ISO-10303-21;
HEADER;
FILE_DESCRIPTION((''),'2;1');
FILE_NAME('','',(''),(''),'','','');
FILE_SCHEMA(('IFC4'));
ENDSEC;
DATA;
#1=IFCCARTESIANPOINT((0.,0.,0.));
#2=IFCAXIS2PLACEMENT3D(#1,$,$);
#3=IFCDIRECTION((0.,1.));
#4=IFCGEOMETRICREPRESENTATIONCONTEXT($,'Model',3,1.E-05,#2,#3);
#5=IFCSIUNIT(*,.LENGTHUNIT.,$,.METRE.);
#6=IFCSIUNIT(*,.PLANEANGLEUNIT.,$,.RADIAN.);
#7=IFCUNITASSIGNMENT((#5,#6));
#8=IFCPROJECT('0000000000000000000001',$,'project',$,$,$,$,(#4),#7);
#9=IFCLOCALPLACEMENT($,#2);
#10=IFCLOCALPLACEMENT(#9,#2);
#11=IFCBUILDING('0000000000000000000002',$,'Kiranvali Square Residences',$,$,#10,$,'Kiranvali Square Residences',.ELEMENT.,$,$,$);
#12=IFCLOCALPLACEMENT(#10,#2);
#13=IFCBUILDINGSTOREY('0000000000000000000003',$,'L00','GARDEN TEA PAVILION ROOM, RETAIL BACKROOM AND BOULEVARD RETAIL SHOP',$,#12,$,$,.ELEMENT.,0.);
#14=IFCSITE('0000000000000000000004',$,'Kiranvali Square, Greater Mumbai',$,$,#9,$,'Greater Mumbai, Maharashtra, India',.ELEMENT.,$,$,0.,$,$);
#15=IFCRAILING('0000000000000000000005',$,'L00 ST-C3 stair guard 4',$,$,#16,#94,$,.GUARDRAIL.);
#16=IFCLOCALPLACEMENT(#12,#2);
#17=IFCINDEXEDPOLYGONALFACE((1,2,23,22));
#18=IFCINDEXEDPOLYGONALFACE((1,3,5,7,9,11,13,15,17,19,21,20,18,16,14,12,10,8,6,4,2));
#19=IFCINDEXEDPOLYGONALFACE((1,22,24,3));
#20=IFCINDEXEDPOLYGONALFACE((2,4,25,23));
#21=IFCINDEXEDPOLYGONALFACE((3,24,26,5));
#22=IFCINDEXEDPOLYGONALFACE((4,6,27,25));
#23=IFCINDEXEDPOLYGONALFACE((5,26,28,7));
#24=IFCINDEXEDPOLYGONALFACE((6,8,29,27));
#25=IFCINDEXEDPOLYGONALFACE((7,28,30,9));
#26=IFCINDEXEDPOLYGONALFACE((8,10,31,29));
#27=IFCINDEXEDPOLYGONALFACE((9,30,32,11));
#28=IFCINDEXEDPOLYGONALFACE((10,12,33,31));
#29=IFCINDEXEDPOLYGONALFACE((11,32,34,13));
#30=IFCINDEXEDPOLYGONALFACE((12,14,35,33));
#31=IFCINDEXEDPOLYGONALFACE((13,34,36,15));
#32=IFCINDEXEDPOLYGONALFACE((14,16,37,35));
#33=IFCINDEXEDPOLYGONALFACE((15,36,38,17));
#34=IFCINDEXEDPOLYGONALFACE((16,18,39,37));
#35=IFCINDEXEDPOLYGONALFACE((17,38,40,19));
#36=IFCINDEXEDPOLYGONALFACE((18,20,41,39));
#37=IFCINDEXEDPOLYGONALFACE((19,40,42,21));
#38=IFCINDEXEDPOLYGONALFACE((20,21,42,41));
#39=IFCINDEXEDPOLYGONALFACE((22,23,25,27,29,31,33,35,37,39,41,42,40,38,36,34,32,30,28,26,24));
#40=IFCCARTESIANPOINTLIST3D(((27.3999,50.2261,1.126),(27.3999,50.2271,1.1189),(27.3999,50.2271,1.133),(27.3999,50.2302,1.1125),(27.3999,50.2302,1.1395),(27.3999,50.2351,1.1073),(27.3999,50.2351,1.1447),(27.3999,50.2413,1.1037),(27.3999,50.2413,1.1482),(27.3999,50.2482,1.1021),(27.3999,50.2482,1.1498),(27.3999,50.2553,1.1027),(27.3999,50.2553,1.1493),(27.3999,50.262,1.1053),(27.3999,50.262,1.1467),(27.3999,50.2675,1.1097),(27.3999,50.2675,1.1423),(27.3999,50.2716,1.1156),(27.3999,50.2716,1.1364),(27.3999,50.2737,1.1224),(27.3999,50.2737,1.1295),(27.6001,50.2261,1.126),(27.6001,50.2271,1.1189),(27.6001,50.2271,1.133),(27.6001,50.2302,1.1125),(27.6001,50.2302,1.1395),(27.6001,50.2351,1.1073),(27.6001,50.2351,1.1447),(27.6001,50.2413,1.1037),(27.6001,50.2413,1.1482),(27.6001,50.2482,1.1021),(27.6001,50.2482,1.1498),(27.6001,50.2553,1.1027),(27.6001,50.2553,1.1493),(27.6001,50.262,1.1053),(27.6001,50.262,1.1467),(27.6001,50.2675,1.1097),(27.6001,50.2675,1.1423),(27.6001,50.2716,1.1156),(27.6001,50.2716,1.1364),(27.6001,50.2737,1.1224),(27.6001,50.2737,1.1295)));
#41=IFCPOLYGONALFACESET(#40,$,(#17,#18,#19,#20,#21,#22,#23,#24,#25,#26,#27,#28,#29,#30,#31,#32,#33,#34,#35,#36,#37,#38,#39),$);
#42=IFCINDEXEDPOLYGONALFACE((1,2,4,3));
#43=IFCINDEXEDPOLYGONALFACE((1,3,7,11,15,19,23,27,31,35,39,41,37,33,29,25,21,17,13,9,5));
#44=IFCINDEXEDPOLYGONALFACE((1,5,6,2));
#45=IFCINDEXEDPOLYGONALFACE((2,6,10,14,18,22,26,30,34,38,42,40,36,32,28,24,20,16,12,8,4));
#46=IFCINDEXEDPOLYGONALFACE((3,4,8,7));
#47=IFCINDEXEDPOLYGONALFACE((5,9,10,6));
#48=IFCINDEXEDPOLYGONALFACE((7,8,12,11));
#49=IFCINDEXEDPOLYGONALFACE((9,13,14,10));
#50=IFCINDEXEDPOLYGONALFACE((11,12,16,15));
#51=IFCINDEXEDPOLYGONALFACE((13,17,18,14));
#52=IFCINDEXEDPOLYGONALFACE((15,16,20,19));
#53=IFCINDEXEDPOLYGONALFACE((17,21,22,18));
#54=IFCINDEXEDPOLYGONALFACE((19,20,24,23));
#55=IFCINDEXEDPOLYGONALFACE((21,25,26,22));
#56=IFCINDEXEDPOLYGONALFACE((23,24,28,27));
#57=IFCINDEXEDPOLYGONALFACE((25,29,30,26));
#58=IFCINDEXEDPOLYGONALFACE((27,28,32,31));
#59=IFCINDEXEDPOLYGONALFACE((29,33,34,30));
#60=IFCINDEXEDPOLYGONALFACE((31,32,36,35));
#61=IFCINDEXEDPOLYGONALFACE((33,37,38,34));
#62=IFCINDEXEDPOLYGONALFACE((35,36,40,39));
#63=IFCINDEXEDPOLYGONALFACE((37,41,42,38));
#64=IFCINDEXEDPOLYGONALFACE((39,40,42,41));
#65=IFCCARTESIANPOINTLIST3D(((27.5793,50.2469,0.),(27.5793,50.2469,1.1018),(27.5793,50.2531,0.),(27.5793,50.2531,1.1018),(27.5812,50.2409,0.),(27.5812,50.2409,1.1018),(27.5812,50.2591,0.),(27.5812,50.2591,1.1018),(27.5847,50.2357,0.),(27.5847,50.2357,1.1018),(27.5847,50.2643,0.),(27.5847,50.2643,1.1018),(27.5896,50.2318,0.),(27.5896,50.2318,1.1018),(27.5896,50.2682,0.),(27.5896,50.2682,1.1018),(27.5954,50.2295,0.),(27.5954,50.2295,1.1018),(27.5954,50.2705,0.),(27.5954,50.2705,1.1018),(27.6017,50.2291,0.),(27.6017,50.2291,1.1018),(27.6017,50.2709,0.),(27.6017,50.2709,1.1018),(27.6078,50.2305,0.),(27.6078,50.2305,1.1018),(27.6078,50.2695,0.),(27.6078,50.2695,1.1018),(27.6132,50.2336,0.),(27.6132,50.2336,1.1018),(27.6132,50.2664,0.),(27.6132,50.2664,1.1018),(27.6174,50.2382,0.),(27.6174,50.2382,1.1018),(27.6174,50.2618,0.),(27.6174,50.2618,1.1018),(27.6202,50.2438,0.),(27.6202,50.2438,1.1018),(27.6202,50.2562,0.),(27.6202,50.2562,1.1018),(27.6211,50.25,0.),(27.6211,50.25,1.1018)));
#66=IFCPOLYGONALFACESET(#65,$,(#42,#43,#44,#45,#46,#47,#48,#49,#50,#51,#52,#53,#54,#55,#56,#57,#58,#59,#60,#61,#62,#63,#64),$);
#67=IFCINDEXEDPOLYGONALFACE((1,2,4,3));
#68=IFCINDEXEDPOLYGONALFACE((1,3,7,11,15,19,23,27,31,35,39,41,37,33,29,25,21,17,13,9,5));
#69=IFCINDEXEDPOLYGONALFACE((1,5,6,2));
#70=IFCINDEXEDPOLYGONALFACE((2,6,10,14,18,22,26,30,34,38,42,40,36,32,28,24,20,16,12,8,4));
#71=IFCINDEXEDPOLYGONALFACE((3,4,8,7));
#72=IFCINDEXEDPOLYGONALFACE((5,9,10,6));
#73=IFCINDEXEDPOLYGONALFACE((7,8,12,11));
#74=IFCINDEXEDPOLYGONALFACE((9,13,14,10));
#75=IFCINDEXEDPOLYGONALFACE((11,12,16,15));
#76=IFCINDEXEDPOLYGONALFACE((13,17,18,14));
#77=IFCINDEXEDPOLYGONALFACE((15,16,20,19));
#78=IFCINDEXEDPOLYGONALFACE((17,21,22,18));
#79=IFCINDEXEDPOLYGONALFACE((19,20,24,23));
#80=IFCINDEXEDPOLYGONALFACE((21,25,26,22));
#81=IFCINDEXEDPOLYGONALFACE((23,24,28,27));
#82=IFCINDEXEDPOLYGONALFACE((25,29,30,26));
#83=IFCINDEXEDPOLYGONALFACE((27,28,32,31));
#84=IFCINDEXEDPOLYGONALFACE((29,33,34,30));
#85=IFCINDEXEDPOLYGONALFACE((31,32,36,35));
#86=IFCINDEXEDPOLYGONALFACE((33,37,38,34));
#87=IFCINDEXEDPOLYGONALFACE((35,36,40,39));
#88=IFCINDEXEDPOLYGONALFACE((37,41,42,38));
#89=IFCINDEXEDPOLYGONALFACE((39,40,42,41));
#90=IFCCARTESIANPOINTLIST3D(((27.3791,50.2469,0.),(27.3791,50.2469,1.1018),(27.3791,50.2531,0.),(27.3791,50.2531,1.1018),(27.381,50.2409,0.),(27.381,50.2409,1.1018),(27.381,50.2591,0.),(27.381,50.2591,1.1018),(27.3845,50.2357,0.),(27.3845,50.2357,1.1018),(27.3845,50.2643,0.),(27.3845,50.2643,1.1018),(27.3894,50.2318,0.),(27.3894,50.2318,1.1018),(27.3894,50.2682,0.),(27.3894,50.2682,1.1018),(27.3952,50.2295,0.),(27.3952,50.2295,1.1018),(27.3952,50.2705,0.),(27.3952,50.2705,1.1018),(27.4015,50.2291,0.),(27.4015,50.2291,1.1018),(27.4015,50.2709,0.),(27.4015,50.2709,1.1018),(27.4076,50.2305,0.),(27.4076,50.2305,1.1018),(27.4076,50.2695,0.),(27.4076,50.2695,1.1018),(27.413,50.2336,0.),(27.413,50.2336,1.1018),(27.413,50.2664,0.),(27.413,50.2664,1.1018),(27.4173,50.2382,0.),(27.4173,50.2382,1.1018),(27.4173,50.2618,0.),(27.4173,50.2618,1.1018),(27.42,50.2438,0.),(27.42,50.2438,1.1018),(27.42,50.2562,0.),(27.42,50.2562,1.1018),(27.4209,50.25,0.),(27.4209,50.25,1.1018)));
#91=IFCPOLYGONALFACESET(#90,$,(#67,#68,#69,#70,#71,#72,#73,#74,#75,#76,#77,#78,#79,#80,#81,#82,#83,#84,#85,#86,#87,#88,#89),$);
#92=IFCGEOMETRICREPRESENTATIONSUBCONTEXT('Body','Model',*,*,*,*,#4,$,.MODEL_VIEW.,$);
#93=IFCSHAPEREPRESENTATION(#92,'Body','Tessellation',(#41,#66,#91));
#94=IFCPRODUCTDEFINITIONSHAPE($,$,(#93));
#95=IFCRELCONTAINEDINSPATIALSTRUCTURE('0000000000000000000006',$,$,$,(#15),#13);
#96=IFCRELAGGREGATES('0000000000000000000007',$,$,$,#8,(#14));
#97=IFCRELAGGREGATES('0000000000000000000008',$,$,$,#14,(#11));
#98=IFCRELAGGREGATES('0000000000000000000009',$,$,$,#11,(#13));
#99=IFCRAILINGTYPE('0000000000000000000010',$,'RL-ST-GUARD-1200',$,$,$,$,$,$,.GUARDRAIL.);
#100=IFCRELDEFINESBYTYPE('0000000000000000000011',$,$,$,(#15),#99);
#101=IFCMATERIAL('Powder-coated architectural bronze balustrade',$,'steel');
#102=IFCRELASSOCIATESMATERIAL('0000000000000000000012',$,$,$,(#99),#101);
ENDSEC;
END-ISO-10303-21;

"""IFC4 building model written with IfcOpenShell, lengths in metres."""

from ifc_helpers import new_model, si_unit, direction, frame, origin, origin_2d, place, context, subcontext, project, spatial, circle, extrude, material, type_object, element, save


model = new_model("IFC4")

# Units and contexts
model_context = context("Model", 3, precision=1e-05, world=origin(), true_north=direction((0.0, 1.0)))
body_context = subcontext(model_context, "Body", "Model", "MODEL_VIEW")
ifc_project = project(units=[si_unit("LENGTHUNIT", "METRE"), si_unit("PLANEANGLEUNIT", "RADIAN")], contexts=[model_context])

# Site, building, storey
site_placement = place(None, origin())
site = spatial("IfcSite", under=ifc_project, at=site_placement, Name="Kiranvali Square, Greater Mumbai", LongName="Greater Mumbai, Maharashtra, India", CompositionType="ELEMENT", RefElevation=0.0)
building_placement = place(site_placement, origin())
building = spatial("IfcBuilding", under=site, at=building_placement, Name="Kiranvali Square Residences", LongName="Kiranvali Square Residences", CompositionType="ELEMENT")
storey_placement = place(building_placement, origin())
storey = spatial("IfcBuildingStorey", under=building, at=storey_placement, Name="L00", Description="GARDEN TEA PAVILION ROOM, RETAIL BACKROOM AND BOULEVARD RETAIL SHOP", CompositionType="ELEMENT", Elevation=0.0)

# Railing
ifc_material_1 = material(Name="Powder-coated architectural bronze balustrade", Category="steel")
railing_type_1 = type_object("IfcRailingType", Name="RL-ST-GUARD-1200", PredefinedType="GUARDRAIL", material=ifc_material_1)
railing_1_placement = place(storey_placement, frame((27.6001, 50.25, 0.0)))
element("IfcRailing", 1, at=railing_1_placement, inside=storey, type_object=railing_type_1, Name="L00 ST-C3 stair guard 4", PredefinedType="GUARDRAIL", context=body_context, shape_type="SweptSolid", body=[
    extrude(circle(Radius=0.0239, at=origin_2d()), frame((0.0, 0.0, 1.126), z_axis=(-1.0, 0.0, 0.0), x_axis=(0.0, -1.0, 0.0)), (0.0, 0.0, 1.0), 0.2002),
    extrude(circle(Radius=0.021, at=origin_2d()), origin(), (0.0, 0.0, 1.0), 1.1018),
    extrude(circle(Radius=0.021, at=origin_2d()), frame((-0.2002, 0.0, 0.0)), (0.0, 0.0, 1.0), 1.1018),
])

save(model, "model.ifc")
